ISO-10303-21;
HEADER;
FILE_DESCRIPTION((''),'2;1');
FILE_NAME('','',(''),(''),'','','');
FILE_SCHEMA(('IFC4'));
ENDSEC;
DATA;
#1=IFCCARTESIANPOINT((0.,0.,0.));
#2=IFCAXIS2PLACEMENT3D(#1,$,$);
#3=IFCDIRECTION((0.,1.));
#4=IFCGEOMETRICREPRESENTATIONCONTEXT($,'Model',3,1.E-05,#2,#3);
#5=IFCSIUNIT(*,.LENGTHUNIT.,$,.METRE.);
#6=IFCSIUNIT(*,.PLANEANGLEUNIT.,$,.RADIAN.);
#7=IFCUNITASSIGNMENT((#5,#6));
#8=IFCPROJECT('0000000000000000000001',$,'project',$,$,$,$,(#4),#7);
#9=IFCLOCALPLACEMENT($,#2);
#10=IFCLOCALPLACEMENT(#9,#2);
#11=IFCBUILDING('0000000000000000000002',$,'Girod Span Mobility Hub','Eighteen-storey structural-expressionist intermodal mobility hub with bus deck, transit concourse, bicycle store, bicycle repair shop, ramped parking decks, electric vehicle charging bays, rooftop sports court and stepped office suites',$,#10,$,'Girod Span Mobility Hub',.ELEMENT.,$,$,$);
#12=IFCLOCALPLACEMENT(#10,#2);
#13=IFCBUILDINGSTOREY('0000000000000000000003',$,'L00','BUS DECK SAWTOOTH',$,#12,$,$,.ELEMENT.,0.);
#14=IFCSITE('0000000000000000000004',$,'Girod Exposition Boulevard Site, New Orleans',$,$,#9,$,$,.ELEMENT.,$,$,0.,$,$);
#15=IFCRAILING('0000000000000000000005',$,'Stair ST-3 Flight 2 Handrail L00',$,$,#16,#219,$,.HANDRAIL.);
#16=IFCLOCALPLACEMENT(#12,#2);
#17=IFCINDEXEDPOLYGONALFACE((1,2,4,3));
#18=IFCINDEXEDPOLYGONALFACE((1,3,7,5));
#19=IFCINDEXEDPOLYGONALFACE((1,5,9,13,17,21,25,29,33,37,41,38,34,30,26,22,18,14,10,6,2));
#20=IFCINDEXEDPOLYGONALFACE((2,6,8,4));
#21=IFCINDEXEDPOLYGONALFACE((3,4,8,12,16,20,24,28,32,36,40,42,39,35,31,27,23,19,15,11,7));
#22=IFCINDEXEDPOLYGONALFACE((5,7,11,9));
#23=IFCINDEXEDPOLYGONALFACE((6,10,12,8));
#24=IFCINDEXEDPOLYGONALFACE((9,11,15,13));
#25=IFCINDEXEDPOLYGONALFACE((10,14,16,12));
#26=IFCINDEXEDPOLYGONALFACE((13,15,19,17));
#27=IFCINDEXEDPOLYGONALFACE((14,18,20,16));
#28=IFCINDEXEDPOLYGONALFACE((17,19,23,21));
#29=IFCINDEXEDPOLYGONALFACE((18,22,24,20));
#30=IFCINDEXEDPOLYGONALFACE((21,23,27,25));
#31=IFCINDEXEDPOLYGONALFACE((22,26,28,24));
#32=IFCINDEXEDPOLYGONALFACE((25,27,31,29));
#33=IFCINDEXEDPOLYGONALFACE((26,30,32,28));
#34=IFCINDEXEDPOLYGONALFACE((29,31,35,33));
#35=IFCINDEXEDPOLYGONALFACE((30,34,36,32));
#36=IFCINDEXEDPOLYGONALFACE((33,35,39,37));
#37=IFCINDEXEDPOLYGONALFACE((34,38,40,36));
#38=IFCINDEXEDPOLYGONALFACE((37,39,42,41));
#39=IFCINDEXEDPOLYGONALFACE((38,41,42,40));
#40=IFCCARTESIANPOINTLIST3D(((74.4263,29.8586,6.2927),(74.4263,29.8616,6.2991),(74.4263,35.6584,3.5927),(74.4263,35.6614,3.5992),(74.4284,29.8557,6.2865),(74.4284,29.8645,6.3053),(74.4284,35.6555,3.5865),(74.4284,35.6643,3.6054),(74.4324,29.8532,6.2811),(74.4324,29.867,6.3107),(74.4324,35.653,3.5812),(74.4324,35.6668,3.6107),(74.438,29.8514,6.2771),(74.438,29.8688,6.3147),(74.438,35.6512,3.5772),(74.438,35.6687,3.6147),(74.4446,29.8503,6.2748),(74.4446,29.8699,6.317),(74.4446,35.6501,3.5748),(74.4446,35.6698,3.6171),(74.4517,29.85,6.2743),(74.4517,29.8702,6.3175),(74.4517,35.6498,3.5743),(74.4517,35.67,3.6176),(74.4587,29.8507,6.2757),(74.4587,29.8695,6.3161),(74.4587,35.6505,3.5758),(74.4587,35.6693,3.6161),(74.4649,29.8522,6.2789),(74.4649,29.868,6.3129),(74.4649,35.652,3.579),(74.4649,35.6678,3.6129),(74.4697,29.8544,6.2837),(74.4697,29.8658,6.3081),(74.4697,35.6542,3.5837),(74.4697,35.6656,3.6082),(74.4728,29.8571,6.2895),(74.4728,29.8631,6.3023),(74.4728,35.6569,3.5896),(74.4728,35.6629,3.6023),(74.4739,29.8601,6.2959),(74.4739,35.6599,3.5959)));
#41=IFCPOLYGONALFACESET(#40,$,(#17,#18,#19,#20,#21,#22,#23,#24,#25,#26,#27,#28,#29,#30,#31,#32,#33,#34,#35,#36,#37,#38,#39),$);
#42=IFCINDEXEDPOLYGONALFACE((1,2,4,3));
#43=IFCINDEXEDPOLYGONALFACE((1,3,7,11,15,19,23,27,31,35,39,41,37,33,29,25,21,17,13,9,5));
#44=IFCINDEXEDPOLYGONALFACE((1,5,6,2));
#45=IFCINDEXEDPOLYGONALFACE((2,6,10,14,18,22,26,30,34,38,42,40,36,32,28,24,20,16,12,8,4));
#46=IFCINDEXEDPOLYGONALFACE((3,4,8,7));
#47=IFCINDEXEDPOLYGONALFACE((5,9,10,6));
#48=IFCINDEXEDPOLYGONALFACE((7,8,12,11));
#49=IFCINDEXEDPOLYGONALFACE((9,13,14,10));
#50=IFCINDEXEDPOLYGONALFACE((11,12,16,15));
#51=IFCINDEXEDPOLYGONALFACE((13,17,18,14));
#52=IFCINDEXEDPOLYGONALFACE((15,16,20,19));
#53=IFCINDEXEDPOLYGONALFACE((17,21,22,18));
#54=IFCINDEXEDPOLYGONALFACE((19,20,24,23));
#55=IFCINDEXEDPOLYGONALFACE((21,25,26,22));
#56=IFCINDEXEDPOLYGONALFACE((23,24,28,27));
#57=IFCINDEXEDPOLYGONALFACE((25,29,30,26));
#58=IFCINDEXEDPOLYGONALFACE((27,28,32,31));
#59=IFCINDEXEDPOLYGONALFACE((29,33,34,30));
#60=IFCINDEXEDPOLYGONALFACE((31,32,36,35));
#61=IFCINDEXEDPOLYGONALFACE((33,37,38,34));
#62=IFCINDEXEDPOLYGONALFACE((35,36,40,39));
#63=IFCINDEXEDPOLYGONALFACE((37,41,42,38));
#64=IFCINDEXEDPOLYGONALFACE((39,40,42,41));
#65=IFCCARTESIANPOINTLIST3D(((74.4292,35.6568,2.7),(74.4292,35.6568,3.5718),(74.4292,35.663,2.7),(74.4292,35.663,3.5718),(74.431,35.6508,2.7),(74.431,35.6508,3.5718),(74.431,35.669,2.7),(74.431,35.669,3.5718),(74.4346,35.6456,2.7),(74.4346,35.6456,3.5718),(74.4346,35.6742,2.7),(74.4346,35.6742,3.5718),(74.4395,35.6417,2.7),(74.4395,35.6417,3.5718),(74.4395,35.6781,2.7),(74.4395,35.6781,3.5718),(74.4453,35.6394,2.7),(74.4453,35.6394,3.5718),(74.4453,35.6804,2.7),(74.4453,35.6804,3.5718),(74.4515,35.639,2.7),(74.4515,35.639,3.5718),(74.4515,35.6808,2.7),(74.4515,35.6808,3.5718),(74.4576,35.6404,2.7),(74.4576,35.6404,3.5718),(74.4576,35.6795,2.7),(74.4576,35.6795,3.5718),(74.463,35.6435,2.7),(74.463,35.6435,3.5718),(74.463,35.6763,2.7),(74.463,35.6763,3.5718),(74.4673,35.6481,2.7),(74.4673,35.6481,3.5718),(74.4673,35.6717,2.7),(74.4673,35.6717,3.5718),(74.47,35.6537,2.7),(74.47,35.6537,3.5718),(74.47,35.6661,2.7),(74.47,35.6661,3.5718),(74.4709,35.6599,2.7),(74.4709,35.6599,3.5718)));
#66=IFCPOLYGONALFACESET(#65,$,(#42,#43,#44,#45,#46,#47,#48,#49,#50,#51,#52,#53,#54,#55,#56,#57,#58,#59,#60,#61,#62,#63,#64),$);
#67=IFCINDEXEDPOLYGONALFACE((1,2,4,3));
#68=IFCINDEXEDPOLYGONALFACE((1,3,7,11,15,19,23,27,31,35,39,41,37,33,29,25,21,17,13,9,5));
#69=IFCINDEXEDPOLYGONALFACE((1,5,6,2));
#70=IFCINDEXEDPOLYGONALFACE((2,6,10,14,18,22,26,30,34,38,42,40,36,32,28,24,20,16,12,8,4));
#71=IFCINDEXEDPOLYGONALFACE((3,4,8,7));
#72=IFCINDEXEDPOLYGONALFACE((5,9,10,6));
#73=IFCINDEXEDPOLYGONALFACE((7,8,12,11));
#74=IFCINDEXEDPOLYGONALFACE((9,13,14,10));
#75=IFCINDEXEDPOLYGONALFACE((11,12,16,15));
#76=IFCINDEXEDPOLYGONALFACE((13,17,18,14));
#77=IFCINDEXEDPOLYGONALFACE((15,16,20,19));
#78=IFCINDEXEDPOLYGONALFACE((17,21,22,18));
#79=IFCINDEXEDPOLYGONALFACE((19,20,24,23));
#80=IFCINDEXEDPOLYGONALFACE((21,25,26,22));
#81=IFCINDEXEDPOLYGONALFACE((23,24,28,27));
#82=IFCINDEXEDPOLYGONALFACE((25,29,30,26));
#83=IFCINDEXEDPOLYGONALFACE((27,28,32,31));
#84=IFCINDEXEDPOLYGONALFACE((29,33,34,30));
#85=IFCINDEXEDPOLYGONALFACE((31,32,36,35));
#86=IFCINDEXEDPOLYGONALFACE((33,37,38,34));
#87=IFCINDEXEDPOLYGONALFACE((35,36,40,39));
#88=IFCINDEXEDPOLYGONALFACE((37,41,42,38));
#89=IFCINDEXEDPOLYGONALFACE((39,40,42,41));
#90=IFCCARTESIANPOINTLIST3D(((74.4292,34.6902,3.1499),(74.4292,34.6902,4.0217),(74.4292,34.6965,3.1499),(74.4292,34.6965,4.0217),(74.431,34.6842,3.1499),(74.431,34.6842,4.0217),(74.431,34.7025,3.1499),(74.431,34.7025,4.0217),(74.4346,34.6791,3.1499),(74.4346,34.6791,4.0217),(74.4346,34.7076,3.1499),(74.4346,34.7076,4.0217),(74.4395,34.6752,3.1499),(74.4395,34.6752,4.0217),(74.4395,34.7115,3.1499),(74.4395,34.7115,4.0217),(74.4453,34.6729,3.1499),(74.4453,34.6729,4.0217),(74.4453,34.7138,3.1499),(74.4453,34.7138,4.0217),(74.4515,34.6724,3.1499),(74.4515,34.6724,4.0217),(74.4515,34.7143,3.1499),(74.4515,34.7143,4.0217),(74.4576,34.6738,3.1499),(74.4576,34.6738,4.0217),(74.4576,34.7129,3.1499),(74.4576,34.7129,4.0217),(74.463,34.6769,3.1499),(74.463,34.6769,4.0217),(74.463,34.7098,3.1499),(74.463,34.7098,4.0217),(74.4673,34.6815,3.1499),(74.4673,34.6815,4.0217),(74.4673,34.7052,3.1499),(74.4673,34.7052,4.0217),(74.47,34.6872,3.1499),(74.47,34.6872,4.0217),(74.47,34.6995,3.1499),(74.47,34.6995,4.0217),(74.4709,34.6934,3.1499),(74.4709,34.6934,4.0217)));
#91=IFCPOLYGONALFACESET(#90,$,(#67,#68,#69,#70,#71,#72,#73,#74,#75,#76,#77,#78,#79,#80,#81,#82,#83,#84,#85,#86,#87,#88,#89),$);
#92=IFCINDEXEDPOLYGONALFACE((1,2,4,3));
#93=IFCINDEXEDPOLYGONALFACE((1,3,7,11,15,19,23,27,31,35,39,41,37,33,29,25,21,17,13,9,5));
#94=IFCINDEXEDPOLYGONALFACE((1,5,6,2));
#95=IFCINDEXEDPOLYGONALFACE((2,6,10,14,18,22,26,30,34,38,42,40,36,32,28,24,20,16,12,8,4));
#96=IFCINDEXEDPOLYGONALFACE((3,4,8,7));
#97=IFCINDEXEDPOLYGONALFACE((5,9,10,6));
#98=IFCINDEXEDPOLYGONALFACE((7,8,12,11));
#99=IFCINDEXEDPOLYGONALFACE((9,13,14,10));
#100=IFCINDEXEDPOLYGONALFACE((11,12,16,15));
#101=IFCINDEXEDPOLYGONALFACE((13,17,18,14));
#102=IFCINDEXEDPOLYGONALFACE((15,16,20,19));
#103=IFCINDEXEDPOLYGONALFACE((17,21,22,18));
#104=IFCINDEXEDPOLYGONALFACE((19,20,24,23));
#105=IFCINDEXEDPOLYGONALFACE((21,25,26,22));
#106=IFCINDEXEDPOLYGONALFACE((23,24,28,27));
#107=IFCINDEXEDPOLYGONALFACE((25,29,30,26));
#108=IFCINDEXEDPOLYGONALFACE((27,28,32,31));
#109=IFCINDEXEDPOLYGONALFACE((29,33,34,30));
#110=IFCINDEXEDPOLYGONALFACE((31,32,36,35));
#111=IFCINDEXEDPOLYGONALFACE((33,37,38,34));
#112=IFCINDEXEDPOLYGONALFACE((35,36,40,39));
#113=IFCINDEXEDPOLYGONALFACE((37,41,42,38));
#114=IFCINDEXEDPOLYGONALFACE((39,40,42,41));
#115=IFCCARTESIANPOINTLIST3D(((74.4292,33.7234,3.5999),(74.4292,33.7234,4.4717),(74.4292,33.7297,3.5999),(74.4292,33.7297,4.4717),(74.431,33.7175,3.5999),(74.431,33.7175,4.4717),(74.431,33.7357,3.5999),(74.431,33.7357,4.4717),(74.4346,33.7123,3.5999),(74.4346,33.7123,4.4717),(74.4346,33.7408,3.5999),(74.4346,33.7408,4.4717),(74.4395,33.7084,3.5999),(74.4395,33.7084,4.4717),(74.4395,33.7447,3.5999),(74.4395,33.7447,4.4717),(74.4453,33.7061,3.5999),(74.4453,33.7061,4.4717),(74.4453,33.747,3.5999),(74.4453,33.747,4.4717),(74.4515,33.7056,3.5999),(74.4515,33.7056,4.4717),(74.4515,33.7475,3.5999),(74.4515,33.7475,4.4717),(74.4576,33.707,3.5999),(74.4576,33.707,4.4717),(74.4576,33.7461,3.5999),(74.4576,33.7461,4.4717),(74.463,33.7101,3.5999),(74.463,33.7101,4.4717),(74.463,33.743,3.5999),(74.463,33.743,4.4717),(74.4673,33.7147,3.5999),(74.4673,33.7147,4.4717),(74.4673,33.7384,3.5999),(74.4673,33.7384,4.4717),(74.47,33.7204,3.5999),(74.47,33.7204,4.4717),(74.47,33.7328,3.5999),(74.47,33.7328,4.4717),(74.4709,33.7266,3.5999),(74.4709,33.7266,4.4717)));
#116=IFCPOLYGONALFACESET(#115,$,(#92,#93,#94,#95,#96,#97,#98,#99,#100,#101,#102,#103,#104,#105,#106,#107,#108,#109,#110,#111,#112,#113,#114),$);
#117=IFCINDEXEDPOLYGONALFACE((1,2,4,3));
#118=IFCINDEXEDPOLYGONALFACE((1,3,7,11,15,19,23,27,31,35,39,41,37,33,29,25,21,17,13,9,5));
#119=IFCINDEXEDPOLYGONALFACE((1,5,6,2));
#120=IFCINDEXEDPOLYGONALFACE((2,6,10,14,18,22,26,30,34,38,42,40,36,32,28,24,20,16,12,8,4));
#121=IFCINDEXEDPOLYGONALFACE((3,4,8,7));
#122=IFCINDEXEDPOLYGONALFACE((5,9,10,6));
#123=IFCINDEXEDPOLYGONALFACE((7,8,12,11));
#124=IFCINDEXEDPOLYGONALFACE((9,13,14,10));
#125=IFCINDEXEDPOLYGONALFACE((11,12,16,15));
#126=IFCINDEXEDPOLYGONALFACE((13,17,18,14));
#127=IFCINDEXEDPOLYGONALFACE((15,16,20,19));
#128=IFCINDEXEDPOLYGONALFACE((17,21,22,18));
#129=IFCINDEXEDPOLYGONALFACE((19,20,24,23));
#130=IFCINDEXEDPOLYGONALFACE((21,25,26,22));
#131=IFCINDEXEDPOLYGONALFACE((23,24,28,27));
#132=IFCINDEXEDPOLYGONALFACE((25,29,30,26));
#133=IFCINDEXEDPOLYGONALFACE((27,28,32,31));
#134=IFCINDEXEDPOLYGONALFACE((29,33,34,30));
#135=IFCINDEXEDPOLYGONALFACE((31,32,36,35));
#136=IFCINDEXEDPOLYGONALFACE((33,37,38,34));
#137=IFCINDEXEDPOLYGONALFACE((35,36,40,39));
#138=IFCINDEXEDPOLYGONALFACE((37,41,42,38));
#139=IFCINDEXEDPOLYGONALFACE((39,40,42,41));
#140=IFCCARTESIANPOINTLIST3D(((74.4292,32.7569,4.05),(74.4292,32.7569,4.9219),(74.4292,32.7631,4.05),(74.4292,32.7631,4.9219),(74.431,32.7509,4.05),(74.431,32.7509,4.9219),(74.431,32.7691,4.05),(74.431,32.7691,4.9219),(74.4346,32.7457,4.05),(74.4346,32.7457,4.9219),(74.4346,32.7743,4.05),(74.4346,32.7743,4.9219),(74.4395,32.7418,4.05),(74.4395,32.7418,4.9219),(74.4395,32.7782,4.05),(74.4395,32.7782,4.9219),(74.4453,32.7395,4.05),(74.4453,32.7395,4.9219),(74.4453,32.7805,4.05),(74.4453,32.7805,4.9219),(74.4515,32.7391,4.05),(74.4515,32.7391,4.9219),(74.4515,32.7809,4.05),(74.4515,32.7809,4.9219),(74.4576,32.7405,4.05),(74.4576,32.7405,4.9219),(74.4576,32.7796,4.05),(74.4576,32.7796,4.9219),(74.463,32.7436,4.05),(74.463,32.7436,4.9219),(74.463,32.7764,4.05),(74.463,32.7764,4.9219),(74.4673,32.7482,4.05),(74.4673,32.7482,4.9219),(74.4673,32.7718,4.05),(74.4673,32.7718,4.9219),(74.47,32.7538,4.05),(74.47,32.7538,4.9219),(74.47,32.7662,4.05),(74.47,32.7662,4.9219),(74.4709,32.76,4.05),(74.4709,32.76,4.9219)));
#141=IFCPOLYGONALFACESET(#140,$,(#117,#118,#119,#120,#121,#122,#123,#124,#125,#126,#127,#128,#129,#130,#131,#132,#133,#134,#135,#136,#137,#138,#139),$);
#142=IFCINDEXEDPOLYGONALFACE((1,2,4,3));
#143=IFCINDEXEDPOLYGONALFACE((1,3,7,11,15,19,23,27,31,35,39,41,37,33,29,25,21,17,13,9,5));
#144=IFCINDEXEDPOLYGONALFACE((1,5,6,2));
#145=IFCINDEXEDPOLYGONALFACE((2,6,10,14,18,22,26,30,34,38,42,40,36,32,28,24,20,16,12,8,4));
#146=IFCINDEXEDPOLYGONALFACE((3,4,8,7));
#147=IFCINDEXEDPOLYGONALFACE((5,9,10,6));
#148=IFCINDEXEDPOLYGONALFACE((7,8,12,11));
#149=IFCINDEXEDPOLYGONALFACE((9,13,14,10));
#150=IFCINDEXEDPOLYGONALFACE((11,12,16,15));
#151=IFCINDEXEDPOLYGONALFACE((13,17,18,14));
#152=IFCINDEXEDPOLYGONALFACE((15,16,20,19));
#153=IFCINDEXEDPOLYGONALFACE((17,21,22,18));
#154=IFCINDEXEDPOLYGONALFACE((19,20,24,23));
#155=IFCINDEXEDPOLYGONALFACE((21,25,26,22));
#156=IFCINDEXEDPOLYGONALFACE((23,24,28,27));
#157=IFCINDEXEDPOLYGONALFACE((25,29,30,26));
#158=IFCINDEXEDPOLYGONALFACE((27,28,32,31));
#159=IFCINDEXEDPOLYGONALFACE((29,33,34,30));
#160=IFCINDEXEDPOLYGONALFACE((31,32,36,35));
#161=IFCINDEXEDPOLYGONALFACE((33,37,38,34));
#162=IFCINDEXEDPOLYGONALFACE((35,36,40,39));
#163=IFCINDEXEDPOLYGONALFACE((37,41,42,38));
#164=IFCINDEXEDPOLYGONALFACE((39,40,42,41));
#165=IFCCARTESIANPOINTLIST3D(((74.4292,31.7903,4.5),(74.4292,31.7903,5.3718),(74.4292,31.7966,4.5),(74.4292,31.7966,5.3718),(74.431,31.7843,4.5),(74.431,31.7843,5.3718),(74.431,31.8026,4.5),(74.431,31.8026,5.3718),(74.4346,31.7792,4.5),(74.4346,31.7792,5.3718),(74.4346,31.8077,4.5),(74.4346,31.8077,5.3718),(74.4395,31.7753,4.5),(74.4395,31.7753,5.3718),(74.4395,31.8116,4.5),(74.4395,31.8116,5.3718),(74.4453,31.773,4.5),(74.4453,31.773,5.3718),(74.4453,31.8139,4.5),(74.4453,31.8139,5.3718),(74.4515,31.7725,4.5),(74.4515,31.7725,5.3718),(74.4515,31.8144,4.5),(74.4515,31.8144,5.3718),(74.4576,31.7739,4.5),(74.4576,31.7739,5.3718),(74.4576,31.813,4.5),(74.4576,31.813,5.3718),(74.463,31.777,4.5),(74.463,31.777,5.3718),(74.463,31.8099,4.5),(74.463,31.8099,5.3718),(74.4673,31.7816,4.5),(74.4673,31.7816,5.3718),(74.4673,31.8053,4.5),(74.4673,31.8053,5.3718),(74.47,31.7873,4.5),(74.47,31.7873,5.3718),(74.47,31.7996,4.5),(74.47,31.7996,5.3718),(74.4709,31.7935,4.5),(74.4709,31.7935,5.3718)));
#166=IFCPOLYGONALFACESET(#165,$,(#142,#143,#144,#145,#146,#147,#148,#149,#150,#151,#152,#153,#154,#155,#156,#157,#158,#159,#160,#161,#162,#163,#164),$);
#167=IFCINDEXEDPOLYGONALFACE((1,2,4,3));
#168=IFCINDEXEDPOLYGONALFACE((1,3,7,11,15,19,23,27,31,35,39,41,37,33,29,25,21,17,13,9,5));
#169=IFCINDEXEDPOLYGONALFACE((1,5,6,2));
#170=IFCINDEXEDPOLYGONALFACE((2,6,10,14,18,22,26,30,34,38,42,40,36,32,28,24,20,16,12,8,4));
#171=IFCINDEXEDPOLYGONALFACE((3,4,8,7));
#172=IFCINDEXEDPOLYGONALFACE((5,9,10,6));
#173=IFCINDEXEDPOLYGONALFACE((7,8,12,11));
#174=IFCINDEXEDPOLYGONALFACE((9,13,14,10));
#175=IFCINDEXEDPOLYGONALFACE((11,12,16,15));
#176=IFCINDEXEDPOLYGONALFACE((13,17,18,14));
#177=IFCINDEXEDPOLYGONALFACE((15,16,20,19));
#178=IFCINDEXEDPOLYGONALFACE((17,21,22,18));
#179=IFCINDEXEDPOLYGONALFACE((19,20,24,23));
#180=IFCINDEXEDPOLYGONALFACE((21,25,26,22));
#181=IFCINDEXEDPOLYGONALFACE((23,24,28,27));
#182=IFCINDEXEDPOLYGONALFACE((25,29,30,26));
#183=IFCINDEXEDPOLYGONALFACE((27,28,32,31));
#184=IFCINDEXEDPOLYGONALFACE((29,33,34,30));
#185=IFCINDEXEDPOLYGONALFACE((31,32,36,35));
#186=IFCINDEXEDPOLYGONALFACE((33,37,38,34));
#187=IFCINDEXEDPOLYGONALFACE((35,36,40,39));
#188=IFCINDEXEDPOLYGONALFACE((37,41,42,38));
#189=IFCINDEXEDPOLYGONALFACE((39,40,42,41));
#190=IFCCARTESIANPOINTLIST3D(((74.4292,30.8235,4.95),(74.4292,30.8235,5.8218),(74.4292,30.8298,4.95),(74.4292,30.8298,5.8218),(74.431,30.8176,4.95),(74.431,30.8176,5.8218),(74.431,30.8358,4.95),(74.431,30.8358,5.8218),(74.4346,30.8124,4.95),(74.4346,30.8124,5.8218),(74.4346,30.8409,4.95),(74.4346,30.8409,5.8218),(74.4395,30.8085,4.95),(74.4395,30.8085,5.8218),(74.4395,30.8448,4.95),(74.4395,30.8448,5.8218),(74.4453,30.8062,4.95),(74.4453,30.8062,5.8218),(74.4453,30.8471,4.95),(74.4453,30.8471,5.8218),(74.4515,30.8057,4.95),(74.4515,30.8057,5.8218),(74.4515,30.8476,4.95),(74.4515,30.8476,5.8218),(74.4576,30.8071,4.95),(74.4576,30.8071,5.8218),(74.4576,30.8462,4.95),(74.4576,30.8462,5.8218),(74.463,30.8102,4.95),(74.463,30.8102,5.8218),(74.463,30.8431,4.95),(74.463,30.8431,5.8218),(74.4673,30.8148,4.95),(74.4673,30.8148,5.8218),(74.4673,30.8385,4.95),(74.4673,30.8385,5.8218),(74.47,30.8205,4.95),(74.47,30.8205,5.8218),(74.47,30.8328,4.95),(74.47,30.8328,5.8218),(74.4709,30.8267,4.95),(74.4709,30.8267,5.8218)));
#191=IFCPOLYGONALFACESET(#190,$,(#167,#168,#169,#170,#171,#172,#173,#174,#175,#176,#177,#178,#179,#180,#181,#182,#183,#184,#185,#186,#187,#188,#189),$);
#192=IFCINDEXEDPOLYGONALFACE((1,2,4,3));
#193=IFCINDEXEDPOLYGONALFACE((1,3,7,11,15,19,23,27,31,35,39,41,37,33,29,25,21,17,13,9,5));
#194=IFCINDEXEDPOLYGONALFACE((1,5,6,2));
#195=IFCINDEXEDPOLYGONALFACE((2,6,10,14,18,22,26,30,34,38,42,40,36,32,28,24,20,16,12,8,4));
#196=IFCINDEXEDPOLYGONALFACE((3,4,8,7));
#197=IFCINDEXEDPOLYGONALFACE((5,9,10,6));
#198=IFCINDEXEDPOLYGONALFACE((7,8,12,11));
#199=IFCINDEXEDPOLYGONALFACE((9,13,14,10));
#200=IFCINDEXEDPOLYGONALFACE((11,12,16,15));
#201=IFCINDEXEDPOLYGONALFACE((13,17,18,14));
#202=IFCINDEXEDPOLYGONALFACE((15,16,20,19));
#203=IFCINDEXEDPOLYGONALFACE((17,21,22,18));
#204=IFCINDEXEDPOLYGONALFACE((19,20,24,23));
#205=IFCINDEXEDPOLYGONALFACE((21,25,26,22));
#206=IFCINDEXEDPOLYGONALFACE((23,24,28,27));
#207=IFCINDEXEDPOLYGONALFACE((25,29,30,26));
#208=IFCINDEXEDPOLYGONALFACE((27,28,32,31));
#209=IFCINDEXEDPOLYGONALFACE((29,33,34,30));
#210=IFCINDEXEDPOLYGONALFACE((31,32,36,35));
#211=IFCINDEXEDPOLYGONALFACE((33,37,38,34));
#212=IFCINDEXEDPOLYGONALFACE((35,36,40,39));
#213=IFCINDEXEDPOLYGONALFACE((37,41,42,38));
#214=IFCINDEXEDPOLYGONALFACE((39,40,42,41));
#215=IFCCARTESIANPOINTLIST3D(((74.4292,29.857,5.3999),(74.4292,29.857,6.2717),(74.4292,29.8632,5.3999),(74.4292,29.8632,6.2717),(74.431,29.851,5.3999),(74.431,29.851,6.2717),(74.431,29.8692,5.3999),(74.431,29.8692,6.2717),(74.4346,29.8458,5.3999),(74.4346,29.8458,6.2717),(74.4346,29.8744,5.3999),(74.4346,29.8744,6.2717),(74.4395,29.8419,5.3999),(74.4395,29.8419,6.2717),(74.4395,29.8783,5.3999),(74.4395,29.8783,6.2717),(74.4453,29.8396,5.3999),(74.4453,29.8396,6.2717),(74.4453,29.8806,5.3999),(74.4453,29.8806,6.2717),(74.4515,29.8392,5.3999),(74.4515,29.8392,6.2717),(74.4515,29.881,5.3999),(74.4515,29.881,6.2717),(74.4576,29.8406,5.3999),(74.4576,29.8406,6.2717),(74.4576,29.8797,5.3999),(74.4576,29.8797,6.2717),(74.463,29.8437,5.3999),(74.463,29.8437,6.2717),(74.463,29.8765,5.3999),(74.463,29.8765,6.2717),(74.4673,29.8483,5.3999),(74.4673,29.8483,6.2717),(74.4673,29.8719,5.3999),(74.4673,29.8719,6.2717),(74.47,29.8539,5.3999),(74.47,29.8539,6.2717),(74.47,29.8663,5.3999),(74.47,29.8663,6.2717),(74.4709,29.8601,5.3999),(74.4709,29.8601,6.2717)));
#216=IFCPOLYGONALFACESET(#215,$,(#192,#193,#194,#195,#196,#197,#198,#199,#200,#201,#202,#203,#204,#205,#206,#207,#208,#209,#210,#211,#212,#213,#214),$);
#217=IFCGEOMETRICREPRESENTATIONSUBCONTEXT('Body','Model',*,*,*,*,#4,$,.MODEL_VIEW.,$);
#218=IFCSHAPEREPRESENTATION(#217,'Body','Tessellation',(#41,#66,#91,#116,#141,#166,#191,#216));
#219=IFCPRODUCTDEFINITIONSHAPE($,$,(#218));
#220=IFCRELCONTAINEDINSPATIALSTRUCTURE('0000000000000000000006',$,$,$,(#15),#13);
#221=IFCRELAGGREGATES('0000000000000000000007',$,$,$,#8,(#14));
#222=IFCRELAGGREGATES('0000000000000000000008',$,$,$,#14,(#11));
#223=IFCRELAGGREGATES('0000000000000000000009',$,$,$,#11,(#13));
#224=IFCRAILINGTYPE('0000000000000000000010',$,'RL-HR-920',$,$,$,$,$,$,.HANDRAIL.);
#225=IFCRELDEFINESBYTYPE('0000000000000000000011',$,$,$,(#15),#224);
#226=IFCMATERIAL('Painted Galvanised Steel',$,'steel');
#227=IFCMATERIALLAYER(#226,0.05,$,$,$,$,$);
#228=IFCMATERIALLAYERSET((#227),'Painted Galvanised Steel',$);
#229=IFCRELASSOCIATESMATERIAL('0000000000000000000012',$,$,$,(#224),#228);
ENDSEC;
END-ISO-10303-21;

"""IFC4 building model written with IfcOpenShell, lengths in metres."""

from ifc_helpers import new_model, si_unit, direction, frame, origin, origin_2d, place, context, subcontext, project, spatial, circle, extrude, material, layer, layer_set, type_object, element, save


model = new_model("IFC4")

# Units and contexts
model_context = context("Model", 3, precision=1e-05, world=origin(), true_north=direction((0.0, 1.0)))
body_context = subcontext(model_context, "Body", "Model", "MODEL_VIEW")
ifc_project = project(units=[si_unit("LENGTHUNIT", "METRE"), si_unit("PLANEANGLEUNIT", "RADIAN")], contexts=[model_context])

# Site, building, storey
site_placement = place(None, origin())
site = spatial("IfcSite", under=ifc_project, at=site_placement, Name="Girod Exposition Boulevard Site, New Orleans", CompositionType="ELEMENT", RefElevation=0.0)
building_placement = place(site_placement, origin())
building = spatial("IfcBuilding", under=site, at=building_placement, Name="Girod Span Mobility Hub", Description="Eighteen-storey structural-expressionist intermodal mobility hub with bus deck, transit concourse, bicycle store, bicycle repair shop, ramped parking decks, electric vehicle charging bays, rooftop sports court and stepped office suites", LongName="Girod Span Mobility Hub", CompositionType="ELEMENT")
storey_placement = place(building_placement, origin())
storey = spatial("IfcBuildingStorey", under=building, at=storey_placement, Name="L00", Description="BUS DECK SAWTOOTH", CompositionType="ELEMENT", Elevation=0.0)

# Railing
ifc_material_1 = material(Name="Painted Galvanised Steel", Category="steel")
ifc_layer_1 = layer(ifc_material_1, 0.05)
ifc_layer_set_1 = layer_set([ifc_layer_1], Name="Painted Galvanised Steel")
railing_type_1 = type_object("IfcRailingType", Name="RL-HR-920", PredefinedType="HANDRAIL", material=ifc_layer_set_1)
railing_1_placement = place(storey_placement, frame((74.45, 35.6599, 2.7)))
element("IfcRailing", 1, at=railing_1_placement, inside=storey, type_object=railing_type_1, Name="Stair ST-3 Flight 2 Handrail L00", PredefinedType="HANDRAIL", context=body_context, shape_type="SweptSolid", body=[
    extrude(circle(Radius=0.0239, at=origin_2d()), frame((0.0, 0.0, 0.896), z_axis=(0.0, -0.90658, 0.422035), x_axis=(1.0, 0.0, 0.0)), (0.0, 0.0, 1.0), 6.3975),
    extrude(circle(Radius=0.021, at=origin_2d()), origin(), (0.0, 0.0, 1.0), 0.8718),
    extrude(circle(Radius=0.021, at=origin_2d()), frame((0.0, -0.9666, 0.45)), (0.0, 0.0, 1.0), 0.8718),
    extrude(circle(Radius=0.021, at=origin_2d()), frame((0.0, -1.9333, 0.8999)), (0.0, 0.0, 1.0), 0.8718),
    extrude(circle(Radius=0.021, at=origin_2d()), frame((0.0, -2.8999, 1.3501)), (0.0, 0.0, 1.0), 0.8718),
    extrude(circle(Radius=0.021, at=origin_2d()), frame((0.0, -3.8665, 1.8)), (0.0, 0.0, 1.0), 0.8718),
    extrude(circle(Radius=0.021, at=origin_2d()), frame((0.0, -4.8333, 2.25)), (0.0, 0.0, 1.0), 0.8718),
    extrude(circle(Radius=0.021, at=origin_2d()), frame((0.0, -5.7998, 2.7)), (0.0, 0.0, 1.0), 0.8718),
])

save(model, "model.ifc")
